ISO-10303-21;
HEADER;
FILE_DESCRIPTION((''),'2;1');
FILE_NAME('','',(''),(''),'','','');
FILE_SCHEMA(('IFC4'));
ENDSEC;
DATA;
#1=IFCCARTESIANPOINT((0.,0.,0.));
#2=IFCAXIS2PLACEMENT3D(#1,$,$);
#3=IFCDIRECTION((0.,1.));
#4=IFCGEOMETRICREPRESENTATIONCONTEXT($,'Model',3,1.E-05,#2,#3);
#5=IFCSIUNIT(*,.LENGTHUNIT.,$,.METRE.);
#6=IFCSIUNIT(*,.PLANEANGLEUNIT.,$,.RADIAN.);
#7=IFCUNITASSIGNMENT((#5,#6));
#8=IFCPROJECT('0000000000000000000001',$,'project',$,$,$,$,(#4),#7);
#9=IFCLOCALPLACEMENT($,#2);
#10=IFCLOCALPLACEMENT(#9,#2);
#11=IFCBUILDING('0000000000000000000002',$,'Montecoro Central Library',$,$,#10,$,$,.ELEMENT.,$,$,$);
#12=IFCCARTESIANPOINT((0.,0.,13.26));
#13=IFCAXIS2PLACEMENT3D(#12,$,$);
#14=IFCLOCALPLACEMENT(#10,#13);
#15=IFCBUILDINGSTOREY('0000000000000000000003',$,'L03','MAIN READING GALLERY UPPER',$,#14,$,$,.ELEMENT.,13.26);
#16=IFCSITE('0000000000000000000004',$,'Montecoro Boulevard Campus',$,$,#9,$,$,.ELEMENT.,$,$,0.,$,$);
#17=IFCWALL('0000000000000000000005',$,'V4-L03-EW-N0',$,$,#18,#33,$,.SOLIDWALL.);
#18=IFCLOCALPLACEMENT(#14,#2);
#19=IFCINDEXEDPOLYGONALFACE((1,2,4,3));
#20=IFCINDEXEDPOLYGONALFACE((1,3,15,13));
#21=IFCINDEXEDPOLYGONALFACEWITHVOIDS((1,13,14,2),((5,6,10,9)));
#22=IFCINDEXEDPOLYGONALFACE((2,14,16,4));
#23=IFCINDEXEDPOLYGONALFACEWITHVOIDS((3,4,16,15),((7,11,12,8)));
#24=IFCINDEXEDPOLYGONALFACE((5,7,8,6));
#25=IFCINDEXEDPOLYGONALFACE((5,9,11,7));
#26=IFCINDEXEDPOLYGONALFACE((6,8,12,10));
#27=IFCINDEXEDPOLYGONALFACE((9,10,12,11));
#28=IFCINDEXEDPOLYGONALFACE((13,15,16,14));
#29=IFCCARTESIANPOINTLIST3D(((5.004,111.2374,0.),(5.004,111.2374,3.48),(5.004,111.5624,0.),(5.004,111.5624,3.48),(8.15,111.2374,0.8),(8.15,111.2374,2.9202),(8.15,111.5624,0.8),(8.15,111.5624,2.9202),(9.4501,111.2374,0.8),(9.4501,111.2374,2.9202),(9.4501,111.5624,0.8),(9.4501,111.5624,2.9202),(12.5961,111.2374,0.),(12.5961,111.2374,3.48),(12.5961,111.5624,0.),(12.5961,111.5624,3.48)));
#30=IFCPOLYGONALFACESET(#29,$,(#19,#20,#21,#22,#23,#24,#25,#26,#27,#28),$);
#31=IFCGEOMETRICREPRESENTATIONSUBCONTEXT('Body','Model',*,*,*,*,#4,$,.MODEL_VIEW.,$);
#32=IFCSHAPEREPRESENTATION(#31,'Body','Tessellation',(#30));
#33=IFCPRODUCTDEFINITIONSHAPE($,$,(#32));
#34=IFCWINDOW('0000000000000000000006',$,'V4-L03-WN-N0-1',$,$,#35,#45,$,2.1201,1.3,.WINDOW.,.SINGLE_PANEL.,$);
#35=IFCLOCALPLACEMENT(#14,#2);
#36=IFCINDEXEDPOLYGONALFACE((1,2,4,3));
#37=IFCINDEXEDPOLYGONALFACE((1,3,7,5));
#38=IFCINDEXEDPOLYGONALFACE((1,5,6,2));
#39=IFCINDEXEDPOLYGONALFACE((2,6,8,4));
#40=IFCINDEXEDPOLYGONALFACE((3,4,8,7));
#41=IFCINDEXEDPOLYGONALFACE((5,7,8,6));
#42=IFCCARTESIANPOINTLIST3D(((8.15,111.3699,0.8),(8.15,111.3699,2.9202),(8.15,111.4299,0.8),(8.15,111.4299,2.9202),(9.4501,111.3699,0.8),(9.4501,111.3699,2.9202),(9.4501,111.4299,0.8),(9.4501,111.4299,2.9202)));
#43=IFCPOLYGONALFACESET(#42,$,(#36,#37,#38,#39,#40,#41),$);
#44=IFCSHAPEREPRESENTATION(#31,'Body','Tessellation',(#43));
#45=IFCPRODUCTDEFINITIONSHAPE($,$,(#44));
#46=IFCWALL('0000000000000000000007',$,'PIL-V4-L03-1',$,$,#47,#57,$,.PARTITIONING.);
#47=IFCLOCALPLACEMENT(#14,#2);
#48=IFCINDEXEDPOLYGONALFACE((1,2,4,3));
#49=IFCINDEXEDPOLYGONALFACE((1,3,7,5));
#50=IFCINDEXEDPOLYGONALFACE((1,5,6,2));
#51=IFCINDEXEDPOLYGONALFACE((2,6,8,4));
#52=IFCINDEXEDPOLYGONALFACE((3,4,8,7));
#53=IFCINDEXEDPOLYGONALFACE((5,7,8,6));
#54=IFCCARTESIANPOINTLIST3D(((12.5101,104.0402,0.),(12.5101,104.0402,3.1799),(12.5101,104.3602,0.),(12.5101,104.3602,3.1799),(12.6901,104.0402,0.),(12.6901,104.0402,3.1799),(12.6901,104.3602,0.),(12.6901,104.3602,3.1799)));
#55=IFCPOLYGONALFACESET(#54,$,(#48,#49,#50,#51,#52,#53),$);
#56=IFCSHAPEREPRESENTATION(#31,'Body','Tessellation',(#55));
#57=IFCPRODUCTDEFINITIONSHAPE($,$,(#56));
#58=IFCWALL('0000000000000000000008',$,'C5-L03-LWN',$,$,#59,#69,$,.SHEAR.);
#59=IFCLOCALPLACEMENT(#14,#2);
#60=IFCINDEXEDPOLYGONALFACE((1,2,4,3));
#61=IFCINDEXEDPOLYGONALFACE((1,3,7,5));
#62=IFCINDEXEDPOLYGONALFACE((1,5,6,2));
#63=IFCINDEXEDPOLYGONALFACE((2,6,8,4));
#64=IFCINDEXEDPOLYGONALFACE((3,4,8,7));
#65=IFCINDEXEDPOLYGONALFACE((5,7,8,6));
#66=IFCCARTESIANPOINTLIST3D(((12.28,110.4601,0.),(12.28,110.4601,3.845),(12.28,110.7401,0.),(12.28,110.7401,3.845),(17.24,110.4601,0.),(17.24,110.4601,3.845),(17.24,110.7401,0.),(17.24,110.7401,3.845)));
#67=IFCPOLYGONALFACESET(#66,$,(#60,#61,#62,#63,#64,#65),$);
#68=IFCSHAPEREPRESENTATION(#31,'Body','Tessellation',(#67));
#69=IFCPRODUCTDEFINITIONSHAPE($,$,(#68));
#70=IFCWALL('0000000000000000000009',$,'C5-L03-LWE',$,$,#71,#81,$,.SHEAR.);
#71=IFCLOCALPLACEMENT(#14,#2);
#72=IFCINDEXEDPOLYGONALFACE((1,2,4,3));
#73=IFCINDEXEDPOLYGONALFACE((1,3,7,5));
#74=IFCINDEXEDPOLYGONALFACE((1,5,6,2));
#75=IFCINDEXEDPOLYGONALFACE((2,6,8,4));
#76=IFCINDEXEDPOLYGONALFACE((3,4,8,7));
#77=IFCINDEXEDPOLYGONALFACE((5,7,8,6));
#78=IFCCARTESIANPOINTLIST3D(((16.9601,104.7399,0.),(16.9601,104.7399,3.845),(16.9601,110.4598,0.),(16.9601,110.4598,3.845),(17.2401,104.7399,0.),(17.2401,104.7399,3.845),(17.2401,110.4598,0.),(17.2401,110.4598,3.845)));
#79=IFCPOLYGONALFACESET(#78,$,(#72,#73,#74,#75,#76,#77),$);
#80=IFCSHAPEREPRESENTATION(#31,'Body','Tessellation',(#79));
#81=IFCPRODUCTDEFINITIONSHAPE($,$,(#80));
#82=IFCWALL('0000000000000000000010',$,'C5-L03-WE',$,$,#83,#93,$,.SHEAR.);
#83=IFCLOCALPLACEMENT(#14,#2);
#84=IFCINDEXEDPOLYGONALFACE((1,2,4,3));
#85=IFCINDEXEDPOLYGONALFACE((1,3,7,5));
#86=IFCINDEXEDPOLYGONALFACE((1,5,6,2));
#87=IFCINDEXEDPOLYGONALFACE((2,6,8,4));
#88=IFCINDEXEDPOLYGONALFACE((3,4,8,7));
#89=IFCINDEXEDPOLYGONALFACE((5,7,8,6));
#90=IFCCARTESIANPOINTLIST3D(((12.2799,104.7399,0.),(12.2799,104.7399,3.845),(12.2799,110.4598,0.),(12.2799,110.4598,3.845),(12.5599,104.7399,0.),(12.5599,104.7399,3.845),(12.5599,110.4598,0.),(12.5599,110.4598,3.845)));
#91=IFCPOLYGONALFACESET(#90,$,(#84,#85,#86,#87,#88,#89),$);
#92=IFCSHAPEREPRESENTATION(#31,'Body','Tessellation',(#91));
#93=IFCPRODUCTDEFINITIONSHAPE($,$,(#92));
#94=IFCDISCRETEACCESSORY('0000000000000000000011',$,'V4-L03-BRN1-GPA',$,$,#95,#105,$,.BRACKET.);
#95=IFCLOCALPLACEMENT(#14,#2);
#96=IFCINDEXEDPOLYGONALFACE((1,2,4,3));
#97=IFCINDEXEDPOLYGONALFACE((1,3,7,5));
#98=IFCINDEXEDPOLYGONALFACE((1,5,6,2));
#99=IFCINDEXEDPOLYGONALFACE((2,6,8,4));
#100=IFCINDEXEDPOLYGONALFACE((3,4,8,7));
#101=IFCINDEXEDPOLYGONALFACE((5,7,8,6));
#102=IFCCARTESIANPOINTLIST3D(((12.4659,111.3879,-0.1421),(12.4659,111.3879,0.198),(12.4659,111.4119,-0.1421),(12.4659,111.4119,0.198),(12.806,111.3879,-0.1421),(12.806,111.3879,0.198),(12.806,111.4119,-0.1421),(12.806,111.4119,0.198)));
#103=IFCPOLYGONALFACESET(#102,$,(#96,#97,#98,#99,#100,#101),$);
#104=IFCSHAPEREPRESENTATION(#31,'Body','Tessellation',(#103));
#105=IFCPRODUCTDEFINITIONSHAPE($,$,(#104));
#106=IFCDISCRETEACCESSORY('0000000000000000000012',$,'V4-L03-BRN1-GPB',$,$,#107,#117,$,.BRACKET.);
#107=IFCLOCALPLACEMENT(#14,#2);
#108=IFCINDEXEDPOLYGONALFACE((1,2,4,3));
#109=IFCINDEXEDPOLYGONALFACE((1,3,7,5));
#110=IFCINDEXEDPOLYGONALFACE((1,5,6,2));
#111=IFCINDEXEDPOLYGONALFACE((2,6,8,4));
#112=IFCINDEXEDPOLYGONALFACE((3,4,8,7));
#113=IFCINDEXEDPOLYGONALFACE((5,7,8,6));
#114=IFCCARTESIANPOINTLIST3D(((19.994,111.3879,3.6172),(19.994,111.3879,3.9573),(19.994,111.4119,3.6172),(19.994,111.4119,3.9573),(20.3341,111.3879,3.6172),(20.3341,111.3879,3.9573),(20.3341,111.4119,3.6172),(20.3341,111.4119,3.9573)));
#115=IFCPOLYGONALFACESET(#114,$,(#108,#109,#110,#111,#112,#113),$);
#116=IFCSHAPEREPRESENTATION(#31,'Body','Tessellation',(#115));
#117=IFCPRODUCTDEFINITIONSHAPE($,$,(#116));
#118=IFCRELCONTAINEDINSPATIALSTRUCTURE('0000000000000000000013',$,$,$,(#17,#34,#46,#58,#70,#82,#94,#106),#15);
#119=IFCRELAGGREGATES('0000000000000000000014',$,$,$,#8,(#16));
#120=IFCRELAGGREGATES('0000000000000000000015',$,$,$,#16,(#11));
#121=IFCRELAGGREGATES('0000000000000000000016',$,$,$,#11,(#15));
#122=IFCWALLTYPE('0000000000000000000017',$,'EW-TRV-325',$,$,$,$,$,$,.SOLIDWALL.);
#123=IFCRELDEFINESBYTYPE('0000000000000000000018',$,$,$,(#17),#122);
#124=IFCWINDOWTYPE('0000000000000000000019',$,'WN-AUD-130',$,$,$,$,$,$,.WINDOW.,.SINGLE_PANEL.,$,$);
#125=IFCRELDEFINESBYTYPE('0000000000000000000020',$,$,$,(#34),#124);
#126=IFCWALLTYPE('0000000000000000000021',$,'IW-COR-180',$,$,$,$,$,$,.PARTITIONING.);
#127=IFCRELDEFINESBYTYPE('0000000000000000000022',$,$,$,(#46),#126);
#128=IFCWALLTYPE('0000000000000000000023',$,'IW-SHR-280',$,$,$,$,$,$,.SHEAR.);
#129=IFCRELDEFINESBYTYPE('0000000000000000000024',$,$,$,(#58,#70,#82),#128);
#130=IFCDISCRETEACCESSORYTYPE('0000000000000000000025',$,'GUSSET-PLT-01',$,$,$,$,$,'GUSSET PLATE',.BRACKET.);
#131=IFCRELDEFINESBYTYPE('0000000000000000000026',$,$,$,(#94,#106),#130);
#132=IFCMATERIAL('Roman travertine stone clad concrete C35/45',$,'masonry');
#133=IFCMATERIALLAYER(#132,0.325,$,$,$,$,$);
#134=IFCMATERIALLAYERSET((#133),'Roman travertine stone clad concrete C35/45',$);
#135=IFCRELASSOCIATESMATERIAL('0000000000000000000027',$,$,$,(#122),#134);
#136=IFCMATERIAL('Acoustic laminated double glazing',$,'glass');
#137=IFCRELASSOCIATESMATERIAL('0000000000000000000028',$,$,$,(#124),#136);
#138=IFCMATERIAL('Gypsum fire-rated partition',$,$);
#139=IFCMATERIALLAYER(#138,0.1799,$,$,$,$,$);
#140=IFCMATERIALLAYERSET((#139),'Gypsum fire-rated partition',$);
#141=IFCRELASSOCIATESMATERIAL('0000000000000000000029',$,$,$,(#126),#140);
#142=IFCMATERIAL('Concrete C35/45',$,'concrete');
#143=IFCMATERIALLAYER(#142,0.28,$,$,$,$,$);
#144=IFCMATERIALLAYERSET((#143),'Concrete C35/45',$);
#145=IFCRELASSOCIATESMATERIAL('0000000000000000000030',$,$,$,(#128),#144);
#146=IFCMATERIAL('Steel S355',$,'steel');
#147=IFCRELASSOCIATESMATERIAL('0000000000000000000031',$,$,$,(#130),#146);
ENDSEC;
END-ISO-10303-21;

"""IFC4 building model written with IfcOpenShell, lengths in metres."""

from ifc_helpers import new_model, si_unit, direction, frame, frame_2d, origin, origin_2d, place, context, subcontext, project, spatial, rectangle, extrude, material, layer, layer_set, type_object, element, fill, save


model = new_model("IFC4")

# Units and contexts
model_context = context("Model", 3, precision=1e-05, world=origin(), true_north=direction((0.0, 1.0)))
body_context = subcontext(model_context, "Body", "Model", "MODEL_VIEW")
ifc_project = project(units=[si_unit("LENGTHUNIT", "METRE"), si_unit("PLANEANGLEUNIT", "RADIAN")], contexts=[model_context])

# Site, building, storey
site_placement = place(None, origin())
site = spatial("IfcSite", under=ifc_project, at=site_placement, Name="Montecoro Boulevard Campus", CompositionType="ELEMENT", RefElevation=0.0)
building_placement = place(site_placement, origin())
building = spatial("IfcBuilding", under=site, at=building_placement, Name="Montecoro Central Library", CompositionType="ELEMENT")
storey_placement = place(building_placement, frame((0.0, 0.0, 13.26)))
storey = spatial("IfcBuildingStorey", under=building, at=storey_placement, Name="L03", Description="MAIN READING GALLERY UPPER", CompositionType="ELEMENT", Elevation=13.26)

# Shared definitions
ifc_material_1 = material(Name="Steel S355", Category="steel")

# Shared definitions
ifc_material_2 = material(Name="Roman travertine stone clad concrete C35/45", Category="masonry")
ifc_layer_1 = layer(ifc_material_2, 0.325)
ifc_layer_set_1 = layer_set([ifc_layer_1], Name="Roman travertine stone clad concrete C35/45")
wall_type_1 = type_object("IfcWallType", Name="EW-TRV-325", PredefinedType="SOLIDWALL", material=ifc_layer_set_1)

# Wall, opening, window
wall_1_placement = place(storey_placement, frame((12.5959, 111.3999, 0.0), z_axis=(0.0, 0.0, 1.0), x_axis=(-1.0, 0.0, 0.0)))
wall_1 = element("IfcWall", 1, at=wall_1_placement, inside=storey, type_object=wall_type_1, Name="V4-L03-EW-N0", PredefinedType="SOLIDWALL", context=body_context, shape_type="SweptSolid", body=[
    extrude(rectangle(XDim=7.592, YDim=0.325, at=frame_2d((3.7959, 0.0))), origin(), (0.0, 0.0, 1.0), 3.48),
])
opening_1_placement = place(wall_1_placement, frame((3.146, 0.0, 0.8)))
opening_1 = element("IfcOpeningElement", 2, at=opening_1_placement, cuts=wall_1, PredefinedType="OPENING", context=body_context, shape_type="SweptSolid", body=[
    extrude(rectangle(XDim=1.3, YDim=2.1201, at=frame_2d((0.6499, 1.0601))), frame((0.0, 0.1724, 0.0), z_axis=(0.0, -1.0, 0.0), x_axis=(1.0, 0.0, 0.0)), (0.0, 0.0, 1.0), 0.345),
])
ifc_material_3 = material(Name="Acoustic laminated double glazing", Category="glass")
window_type = type_object("IfcWindowType", Name="WN-AUD-130", PartitioningType="SINGLE_PANEL", PredefinedType="WINDOW", material=ifc_material_3)
window_placement = place(opening_1_placement, origin())
window = element("IfcWindow", 3, at=window_placement, inside=storey, type_object=window_type, Name="V4-L03-WN-N0-1", OverallHeight=2.1201, OverallWidth=1.3, PartitioningType="SINGLE_PANEL", PredefinedType="WINDOW", context=body_context, shape_type="SweptSolid", body=[
    extrude(rectangle(XDim=1.3, YDim=2.1201, at=frame_2d((0.6499, 1.0601))), frame((0.0, 0.03, 0.0), z_axis=(0.0, -1.0, 0.0), x_axis=(1.0, 0.0, 0.0)), (0.0, 0.0, 1.0), 0.0601),
])
fill(opening_1, window)

# Wall
ifc_material_4 = material(Name="Gypsum fire-rated partition")
ifc_layer_2 = layer(ifc_material_4, 0.1799)
ifc_layer_set_2 = layer_set([ifc_layer_2], Name="Gypsum fire-rated partition")
wall_type_2 = type_object("IfcWallType", Name="IW-COR-180", PredefinedType="PARTITIONING", material=ifc_layer_set_2)
wall_2_placement = place(storey_placement, frame((12.6001, 104.04, 0.0), z_axis=(0.0, 0.0, 1.0), x_axis=(0.0, 1.0, 0.0)))
element("IfcWall", 4, at=wall_2_placement, inside=storey, type_object=wall_type_2, Name="PIL-V4-L03-1", PredefinedType="PARTITIONING", context=body_context, shape_type="SweptSolid", body=[
    extrude(rectangle(XDim=0.3201, YDim=0.1799, at=frame_2d((0.1602, 0.0))), origin(), (0.0, 0.0, 1.0), 3.1799),
])

# Walls
ifc_material_5 = material(Name="Concrete C35/45", Category="concrete")
ifc_layer_3 = layer(ifc_material_5, 0.28)
ifc_layer_set_3 = layer_set([ifc_layer_3], Name="Concrete C35/45")
wall_type_3 = type_object("IfcWallType", Name="IW-SHR-280", PredefinedType="SHEAR", material=ifc_layer_set_3)
wall_3_placement = place(storey_placement, frame((17.24, 110.6001, 0.0), z_axis=(0.0, 0.0, 1.0), x_axis=(-1.0, 0.0, 0.0)))
element("IfcWall", 5, at=wall_3_placement, inside=storey, type_object=wall_type_3, Name="C5-L03-LWN", PredefinedType="SHEAR", context=body_context, shape_type="SweptSolid", body=[
    extrude(rectangle(XDim=4.96, YDim=0.28, at=frame_2d((2.48, 0.0))), origin(), (0.0, 0.0, 1.0), 3.845),
])
for number, where, z_axis, x_axis, name in (
    (6, (17.1001, 104.74, 0.0), (0.0, 0.0, 1.0), (0.0, 1.0, 0.0), "C5-L03-LWE"),
    (7, (12.4199, 104.74, 0.0), (0.0, 0.0, 1.0), (0.0, 1.0, 0.0), "C5-L03-WE"),
):
    element("IfcWall", number, at=place(storey_placement, frame(where, z_axis=z_axis, x_axis=x_axis)), inside=storey, type_object=wall_type_3, Name=name, PredefinedType="SHEAR", context=body_context, shape_type="SweptSolid", body=[
        extrude(rectangle(XDim=5.72, YDim=0.28, at=frame_2d((2.8599, 0.0))), origin(), (0.0, 0.0, 1.0), 3.845),
    ])

# Discrete accessories
discrete_accessory_type = type_object("IfcDiscreteAccessoryType", Name="GUSSET-PLT-01", ElementType="GUSSET PLATE", PredefinedType="BRACKET", material=ifc_material_1)
for number, where, z_axis, x_axis, name in (
    (8, (12.636, 111.3999, -0.1421), (0.0, 0.0, 1.0), (1.0, 0.0, 0.0), "V4-L03-BRN1-GPA"),
    (9, (20.1641, 111.3999, 3.6172), (0.0, 0.0, 1.0), (1.0, 0.0, 0.0), "V4-L03-BRN1-GPB"),
):
    element("IfcDiscreteAccessory", number, at=place(storey_placement, frame(where, z_axis=z_axis, x_axis=x_axis)), inside=storey, type_object=discrete_accessory_type, Name=name, PredefinedType="BRACKET", context=body_context, shape_type="SweptSolid", body=[
        extrude(rectangle(XDim=0.3401, YDim=0.0239, at=origin_2d()), origin(), (0.0, 0.0, 1.0), 0.3401),
    ])

save(model, "model.ifc")
